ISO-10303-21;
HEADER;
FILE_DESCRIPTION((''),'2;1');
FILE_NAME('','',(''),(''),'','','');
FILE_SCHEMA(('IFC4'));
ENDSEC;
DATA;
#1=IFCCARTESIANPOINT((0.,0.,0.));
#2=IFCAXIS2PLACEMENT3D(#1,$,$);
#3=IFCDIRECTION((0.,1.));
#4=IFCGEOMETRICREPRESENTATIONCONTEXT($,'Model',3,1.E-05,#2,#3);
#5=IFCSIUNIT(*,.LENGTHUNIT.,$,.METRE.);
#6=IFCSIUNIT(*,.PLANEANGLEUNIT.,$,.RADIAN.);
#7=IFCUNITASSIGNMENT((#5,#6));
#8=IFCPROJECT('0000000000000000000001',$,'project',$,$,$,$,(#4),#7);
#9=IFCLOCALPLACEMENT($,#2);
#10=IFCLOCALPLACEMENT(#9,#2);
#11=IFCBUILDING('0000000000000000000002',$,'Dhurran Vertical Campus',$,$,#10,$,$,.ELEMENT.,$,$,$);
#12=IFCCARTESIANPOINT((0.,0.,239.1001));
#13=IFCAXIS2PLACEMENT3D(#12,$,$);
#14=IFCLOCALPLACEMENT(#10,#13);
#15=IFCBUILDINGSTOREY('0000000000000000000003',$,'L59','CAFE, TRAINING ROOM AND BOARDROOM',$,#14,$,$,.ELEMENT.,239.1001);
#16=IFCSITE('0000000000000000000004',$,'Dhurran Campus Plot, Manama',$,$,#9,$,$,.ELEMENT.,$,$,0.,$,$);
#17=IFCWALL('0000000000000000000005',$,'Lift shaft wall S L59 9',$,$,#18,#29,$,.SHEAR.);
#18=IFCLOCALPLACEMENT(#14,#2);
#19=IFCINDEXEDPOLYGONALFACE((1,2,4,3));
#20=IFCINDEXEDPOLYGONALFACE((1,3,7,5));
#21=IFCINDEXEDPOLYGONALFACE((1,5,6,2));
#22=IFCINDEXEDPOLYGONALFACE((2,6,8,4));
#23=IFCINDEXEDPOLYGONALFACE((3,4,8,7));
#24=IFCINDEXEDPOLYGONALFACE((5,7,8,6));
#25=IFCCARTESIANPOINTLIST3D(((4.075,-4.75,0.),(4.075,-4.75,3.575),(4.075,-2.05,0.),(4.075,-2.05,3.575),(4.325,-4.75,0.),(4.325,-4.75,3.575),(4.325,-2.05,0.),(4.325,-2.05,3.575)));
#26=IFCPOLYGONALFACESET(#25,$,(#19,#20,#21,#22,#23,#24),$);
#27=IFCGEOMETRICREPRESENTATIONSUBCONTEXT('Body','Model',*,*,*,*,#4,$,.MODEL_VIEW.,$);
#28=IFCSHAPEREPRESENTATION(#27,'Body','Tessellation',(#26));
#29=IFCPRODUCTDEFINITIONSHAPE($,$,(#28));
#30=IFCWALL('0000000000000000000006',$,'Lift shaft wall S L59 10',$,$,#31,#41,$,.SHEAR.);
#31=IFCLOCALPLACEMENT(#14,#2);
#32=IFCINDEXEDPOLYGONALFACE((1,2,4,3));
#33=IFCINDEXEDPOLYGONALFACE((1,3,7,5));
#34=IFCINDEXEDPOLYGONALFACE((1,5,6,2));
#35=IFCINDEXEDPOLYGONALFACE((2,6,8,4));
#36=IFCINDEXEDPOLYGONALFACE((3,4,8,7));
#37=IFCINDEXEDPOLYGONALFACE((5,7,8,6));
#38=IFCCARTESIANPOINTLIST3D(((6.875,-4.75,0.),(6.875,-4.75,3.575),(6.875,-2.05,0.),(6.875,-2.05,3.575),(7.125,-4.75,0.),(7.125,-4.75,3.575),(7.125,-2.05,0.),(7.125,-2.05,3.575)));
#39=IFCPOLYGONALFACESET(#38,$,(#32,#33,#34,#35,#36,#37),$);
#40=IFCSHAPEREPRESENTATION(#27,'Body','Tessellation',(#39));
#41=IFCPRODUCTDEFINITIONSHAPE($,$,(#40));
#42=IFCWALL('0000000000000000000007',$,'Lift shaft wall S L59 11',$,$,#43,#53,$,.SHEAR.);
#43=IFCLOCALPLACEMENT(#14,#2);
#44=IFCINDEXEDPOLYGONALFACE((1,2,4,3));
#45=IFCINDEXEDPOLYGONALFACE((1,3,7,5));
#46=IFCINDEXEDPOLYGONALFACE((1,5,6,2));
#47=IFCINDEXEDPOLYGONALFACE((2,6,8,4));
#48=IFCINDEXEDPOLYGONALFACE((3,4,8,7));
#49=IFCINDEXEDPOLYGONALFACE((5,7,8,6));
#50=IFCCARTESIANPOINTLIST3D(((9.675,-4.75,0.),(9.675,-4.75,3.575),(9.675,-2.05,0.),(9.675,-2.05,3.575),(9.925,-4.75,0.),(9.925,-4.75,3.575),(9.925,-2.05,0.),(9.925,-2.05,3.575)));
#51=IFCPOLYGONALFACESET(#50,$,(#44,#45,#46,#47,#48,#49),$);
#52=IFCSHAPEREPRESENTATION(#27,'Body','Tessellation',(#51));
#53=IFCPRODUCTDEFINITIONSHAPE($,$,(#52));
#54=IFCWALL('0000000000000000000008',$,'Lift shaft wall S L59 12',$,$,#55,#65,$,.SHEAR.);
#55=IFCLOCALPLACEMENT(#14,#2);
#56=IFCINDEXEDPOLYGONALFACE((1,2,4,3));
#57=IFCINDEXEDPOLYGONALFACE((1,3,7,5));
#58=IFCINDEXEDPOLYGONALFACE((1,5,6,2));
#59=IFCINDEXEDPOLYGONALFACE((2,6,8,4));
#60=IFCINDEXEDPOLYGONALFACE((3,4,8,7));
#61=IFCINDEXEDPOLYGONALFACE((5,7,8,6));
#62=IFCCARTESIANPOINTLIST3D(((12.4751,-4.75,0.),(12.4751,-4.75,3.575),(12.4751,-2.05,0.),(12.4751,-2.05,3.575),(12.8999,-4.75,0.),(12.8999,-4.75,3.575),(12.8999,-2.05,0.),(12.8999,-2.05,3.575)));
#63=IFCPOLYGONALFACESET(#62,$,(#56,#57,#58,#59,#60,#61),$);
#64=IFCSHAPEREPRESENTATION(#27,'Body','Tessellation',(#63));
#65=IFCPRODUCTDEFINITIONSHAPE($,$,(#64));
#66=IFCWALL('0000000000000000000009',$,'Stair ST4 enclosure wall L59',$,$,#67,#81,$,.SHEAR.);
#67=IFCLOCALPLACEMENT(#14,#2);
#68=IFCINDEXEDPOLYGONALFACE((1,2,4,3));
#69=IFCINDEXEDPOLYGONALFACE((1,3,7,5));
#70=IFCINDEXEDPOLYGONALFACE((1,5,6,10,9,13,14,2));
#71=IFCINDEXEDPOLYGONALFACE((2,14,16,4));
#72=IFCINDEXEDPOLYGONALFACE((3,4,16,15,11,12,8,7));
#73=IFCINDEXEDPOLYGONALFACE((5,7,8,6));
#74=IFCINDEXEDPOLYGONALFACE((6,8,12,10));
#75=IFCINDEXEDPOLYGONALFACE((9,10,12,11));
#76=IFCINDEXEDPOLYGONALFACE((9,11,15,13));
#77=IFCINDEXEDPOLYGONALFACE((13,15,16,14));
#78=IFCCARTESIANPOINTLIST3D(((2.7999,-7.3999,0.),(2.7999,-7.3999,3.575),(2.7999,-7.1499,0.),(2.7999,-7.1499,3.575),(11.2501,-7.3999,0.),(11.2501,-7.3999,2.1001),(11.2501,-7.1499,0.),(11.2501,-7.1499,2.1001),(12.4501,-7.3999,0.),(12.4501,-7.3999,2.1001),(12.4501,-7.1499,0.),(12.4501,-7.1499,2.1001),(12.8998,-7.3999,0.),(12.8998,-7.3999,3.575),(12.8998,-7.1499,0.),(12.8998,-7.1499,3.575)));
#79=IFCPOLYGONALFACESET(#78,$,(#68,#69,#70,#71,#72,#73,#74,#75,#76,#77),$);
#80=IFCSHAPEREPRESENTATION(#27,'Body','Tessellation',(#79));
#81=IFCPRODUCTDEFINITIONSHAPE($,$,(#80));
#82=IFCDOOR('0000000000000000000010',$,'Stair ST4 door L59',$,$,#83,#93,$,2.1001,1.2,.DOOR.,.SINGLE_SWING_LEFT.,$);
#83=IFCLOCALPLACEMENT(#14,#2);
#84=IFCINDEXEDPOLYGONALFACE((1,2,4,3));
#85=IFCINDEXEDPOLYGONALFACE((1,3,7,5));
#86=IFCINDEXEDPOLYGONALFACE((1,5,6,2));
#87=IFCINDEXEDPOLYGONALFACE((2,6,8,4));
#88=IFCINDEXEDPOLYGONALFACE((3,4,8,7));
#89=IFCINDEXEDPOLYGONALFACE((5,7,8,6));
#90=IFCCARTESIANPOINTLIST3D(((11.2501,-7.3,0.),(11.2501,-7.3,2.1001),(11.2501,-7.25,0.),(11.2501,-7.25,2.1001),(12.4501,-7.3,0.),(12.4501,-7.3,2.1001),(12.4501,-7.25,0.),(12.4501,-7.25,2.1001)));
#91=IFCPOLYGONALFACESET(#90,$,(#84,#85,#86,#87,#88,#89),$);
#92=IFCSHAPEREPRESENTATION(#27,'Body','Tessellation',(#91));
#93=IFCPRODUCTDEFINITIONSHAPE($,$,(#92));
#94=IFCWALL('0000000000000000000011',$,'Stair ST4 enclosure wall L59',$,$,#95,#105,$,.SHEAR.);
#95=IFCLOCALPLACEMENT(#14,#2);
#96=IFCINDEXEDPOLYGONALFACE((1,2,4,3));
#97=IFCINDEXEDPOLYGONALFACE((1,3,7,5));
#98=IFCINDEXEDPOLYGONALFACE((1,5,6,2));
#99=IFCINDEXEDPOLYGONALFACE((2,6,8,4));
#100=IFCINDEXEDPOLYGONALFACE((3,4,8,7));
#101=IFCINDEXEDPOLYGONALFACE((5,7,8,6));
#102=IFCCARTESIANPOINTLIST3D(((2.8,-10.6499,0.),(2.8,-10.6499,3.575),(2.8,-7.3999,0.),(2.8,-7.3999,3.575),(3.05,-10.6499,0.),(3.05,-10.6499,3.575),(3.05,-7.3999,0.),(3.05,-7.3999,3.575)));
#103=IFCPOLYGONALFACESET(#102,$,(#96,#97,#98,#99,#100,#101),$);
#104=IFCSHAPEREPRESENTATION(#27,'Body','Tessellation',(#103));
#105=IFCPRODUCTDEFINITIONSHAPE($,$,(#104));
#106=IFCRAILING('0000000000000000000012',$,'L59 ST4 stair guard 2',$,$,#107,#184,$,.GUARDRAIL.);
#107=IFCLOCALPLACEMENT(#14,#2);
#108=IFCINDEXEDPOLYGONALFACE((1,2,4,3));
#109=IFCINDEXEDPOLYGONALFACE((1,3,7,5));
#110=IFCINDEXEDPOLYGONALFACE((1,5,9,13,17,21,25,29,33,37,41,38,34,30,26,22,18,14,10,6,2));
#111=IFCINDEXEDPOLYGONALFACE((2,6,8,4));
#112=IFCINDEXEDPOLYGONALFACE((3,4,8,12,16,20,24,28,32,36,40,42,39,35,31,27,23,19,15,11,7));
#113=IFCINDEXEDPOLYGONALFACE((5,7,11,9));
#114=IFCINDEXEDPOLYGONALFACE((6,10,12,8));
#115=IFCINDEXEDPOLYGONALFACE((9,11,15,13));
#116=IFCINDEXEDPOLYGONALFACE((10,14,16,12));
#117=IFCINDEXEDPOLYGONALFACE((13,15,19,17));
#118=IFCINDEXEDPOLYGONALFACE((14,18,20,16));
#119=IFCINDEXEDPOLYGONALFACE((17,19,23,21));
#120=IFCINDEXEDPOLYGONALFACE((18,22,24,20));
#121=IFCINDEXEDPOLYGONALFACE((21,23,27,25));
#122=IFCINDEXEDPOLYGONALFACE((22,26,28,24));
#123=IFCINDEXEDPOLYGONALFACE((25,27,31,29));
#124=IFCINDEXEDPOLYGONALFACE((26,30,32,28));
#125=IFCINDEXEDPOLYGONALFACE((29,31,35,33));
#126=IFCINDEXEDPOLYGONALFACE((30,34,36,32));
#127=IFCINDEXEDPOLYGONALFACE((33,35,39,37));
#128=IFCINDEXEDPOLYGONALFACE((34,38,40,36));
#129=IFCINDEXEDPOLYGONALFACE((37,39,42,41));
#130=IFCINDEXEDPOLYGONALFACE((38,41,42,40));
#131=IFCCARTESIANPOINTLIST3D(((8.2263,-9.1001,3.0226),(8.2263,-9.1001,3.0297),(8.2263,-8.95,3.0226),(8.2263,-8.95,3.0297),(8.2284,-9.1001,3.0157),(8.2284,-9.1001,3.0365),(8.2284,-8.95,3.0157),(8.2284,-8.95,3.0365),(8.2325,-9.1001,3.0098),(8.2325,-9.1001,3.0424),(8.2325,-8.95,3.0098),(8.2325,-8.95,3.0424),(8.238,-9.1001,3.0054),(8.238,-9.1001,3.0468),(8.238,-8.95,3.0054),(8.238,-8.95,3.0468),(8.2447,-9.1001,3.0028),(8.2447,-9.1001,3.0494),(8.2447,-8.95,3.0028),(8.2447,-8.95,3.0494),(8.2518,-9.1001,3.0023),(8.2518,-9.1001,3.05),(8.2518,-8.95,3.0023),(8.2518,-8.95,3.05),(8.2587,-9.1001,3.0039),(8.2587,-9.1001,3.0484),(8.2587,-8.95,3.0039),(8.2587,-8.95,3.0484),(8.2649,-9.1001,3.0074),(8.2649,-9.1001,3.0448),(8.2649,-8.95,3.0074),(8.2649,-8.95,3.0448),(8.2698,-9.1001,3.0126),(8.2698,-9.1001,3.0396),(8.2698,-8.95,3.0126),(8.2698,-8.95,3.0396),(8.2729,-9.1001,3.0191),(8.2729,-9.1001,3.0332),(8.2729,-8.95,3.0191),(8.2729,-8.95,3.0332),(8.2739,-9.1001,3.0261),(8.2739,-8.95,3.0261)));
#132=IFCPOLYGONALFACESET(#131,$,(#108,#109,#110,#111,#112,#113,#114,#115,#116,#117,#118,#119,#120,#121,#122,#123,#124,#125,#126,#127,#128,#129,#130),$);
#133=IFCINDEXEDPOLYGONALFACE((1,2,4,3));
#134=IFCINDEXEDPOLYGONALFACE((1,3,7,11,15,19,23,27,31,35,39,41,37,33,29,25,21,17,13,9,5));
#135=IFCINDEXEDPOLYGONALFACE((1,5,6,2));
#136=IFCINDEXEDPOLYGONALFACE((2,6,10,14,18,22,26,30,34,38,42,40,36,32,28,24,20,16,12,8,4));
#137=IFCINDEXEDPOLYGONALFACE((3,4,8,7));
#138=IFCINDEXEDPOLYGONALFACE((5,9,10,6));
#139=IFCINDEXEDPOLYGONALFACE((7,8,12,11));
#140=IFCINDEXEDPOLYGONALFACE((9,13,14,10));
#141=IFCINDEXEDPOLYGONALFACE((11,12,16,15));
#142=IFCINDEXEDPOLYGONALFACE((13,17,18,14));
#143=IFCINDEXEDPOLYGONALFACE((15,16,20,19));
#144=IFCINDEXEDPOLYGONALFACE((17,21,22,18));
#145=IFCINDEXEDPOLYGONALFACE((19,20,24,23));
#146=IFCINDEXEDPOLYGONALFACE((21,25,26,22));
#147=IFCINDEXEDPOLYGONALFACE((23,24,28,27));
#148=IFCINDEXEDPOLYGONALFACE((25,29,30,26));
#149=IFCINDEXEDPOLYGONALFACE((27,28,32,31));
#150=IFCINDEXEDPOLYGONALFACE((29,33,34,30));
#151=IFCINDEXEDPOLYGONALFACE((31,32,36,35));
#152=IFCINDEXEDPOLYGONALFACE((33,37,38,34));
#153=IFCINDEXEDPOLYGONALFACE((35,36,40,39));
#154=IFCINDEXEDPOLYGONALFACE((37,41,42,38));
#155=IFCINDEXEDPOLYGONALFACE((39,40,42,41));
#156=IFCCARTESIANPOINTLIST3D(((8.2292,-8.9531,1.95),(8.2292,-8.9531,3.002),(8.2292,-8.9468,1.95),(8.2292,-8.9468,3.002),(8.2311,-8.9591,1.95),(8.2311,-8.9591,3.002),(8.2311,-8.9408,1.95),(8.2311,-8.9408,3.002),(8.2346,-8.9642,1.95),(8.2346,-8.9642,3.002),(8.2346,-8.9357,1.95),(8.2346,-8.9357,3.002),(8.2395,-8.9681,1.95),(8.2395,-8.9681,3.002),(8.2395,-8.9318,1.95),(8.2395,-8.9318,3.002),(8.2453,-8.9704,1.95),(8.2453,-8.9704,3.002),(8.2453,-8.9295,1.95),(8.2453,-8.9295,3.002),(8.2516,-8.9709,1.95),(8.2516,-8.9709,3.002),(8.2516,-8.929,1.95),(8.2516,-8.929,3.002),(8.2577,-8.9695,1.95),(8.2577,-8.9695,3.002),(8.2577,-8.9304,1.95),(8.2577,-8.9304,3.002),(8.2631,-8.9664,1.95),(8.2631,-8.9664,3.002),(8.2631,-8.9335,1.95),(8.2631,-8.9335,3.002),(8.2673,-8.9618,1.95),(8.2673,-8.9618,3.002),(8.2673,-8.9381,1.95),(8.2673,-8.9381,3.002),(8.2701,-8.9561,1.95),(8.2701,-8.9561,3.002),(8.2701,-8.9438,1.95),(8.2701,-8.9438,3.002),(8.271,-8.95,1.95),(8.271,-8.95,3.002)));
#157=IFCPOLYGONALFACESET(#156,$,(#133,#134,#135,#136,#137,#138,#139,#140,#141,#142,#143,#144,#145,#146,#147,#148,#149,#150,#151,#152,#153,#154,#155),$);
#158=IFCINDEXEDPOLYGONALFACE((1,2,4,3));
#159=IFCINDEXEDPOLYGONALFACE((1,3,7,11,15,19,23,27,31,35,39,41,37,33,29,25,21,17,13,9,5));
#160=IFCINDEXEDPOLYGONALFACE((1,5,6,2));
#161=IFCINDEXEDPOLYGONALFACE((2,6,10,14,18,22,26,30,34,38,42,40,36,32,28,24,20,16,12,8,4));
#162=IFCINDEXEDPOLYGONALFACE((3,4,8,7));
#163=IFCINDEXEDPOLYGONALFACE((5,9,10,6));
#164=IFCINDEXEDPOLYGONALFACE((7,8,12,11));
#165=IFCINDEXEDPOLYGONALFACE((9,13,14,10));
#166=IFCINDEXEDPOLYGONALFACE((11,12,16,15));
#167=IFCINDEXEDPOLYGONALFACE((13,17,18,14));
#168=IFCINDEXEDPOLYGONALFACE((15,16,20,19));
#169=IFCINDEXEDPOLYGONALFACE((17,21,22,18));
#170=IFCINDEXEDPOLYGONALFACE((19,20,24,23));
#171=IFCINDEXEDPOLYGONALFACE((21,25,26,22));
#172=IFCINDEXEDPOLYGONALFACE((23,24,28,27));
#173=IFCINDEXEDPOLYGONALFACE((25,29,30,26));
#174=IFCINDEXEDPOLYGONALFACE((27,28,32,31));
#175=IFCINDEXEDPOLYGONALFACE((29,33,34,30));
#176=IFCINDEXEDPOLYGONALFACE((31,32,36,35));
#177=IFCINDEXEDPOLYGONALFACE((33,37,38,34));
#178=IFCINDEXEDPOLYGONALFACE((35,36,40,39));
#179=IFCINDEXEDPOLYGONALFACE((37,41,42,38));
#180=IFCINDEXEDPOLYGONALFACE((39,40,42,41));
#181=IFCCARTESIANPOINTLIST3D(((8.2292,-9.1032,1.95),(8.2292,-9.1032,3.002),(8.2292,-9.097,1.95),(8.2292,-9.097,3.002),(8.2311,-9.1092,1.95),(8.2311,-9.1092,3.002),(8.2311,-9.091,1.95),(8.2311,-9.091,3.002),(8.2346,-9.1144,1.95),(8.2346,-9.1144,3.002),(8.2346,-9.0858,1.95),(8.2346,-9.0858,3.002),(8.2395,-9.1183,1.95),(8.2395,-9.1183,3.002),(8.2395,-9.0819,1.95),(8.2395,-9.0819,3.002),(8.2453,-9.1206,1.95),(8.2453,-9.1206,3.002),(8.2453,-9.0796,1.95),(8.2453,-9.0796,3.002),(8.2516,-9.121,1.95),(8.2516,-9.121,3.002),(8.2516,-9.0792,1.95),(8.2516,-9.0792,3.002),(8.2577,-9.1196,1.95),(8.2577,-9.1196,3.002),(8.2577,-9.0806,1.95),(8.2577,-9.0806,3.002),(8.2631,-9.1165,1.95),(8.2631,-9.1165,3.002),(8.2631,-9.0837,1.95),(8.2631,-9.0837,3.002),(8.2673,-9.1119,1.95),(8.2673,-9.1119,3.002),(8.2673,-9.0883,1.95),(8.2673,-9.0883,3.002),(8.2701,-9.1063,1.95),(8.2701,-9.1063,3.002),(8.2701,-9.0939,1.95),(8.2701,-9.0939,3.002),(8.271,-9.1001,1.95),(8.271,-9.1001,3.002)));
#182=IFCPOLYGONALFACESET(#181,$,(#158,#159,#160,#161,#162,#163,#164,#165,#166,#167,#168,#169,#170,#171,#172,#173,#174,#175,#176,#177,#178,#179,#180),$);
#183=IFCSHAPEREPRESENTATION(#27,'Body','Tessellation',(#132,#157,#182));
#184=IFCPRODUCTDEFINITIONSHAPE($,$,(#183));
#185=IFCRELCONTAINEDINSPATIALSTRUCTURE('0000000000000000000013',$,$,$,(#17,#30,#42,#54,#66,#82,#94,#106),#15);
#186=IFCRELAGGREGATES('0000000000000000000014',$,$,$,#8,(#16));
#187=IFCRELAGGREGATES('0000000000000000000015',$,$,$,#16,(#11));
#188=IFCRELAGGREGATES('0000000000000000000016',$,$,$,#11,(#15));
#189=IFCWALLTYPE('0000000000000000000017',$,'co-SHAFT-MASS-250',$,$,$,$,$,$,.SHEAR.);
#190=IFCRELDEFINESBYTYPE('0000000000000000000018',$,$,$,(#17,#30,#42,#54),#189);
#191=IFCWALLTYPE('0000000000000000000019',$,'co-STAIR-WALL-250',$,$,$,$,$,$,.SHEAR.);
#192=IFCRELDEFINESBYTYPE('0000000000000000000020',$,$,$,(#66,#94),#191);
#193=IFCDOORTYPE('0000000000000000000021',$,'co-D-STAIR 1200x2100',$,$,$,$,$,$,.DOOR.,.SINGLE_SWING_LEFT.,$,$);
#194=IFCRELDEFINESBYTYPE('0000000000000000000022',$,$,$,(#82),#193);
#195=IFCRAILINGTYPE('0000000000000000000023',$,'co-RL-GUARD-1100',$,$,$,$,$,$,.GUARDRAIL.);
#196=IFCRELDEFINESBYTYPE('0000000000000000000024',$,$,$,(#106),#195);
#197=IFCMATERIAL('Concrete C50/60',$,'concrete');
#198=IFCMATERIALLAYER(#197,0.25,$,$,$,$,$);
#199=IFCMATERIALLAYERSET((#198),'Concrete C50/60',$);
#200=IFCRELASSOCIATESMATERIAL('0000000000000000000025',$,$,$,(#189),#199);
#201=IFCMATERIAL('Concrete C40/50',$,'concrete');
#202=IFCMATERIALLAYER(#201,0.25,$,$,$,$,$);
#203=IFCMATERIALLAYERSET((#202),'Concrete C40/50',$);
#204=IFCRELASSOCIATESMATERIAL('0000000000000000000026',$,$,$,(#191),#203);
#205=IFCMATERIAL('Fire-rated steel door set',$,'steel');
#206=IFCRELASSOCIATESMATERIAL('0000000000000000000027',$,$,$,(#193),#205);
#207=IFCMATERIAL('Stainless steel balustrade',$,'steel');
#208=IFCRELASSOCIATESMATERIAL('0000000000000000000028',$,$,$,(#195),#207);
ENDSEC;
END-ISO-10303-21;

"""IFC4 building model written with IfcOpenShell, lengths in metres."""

from ifc_helpers import new_model, si_unit, direction, frame, frame_2d, origin, origin_2d, place, context, subcontext, project, spatial, polyline, rectangle, circle, outline, extrude, material, layer, layer_set, type_object, element, fill, save


model = new_model("IFC4")

# Units and contexts
model_context = context("Model", 3, precision=1e-05, world=origin(), true_north=direction((0.0, 1.0)))
body_context = subcontext(model_context, "Body", "Model", "MODEL_VIEW")
ifc_project = project(units=[si_unit("LENGTHUNIT", "METRE"), si_unit("PLANEANGLEUNIT", "RADIAN")], contexts=[model_context])

# Site, building, storey
site_placement = place(None, origin())
site = spatial("IfcSite", under=ifc_project, at=site_placement, Name="Dhurran Campus Plot, Manama", CompositionType="ELEMENT", RefElevation=0.0)
building_placement = place(site_placement, origin())
building = spatial("IfcBuilding", under=site, at=building_placement, Name="Dhurran Vertical Campus", CompositionType="ELEMENT")
storey_placement = place(building_placement, frame((0.0, 0.0, 239.1001)))
storey = spatial("IfcBuildingStorey", under=building, at=storey_placement, Name="L59", Description="CAFE, TRAINING ROOM AND BOARDROOM", CompositionType="ELEMENT", Elevation=239.1001)

# Walls
ifc_material_1 = material(Name="Concrete C50/60", Category="concrete")
ifc_layer_1 = layer(ifc_material_1, 0.25)
ifc_layer_set_1 = layer_set([ifc_layer_1], Name="Concrete C50/60")
wall_type_1 = type_object("IfcWallType", Name="co-SHAFT-MASS-250", PredefinedType="SHEAR", material=ifc_layer_set_1)
wall_1_placement = place(storey_placement, origin())
element("IfcWall", 1, at=wall_1_placement, inside=storey, type_object=wall_type_1, Name="Lift shaft wall S L59 9", PredefinedType="SHEAR", context=body_context, shape_type="SweptSolid", body=[
    extrude(outline(polyline([(4.075, -4.75), (4.325, -4.75), (4.325, -2.05), (4.075, -2.05), (4.075, -4.75)])), origin(), (0.0, 0.0, 1.0), 3.575),
])
wall_2_placement = place(storey_placement, origin())
element("IfcWall", 2, at=wall_2_placement, inside=storey, type_object=wall_type_1, Name="Lift shaft wall S L59 10", PredefinedType="SHEAR", context=body_context, shape_type="SweptSolid", body=[
    extrude(outline(polyline([(6.875, -4.75), (7.125, -4.75), (7.125, -2.05), (6.875, -2.05), (6.875, -4.75)])), origin(), (0.0, 0.0, 1.0), 3.575),
])
wall_3_placement = place(storey_placement, origin())
element("IfcWall", 3, at=wall_3_placement, inside=storey, type_object=wall_type_1, Name="Lift shaft wall S L59 11", PredefinedType="SHEAR", context=body_context, shape_type="SweptSolid", body=[
    extrude(outline(polyline([(9.675, -4.75), (9.925, -4.75), (9.925, -2.05), (9.675, -2.05), (9.675, -4.75)])), origin(), (0.0, 0.0, 1.0), 3.575),
])
wall_4_placement = place(storey_placement, origin())
element("IfcWall", 4, at=wall_4_placement, inside=storey, type_object=wall_type_1, Name="Lift shaft wall S L59 12", PredefinedType="SHEAR", context=body_context, shape_type="SweptSolid", body=[
    extrude(outline(polyline([(12.4751, -4.75), (12.8999, -4.75), (12.8999, -2.05), (12.4751, -2.05), (12.4751, -4.75)])), origin(), (0.0, 0.0, 1.0), 3.575),
])

# Wall, opening, door
ifc_material_2 = material(Name="Concrete C40/50", Category="concrete")
ifc_layer_2 = layer(ifc_material_2, 0.25)
ifc_layer_set_2 = layer_set([ifc_layer_2], Name="Concrete C40/50")
wall_type_2 = type_object("IfcWallType", Name="co-STAIR-WALL-250", PredefinedType="SHEAR", material=ifc_layer_set_2)
wall_5_placement = place(storey_placement, frame((2.8, -7.2749, 0.0), z_axis=(0.0, 0.0, 1.0), x_axis=(1.0, 0.0, 0.0)))
wall_5 = element("IfcWall", 5, at=wall_5_placement, inside=storey, type_object=wall_type_2, Name="Stair ST4 enclosure wall L59", PredefinedType="SHEAR", context=body_context, shape_type="SweptSolid", body=[
    extrude(rectangle(XDim=10.0999, YDim=0.25, at=frame_2d((5.0498, 0.0))), origin(), (0.0, 0.0, 1.0), 3.575),
])
opening_1_placement = place(wall_5_placement, frame((8.45, 0.0, 0.0)))
opening_1 = element("IfcOpeningElement", 6, at=opening_1_placement, cuts=wall_5, PredefinedType="OPENING", context=body_context, shape_type="SweptSolid", body=[
    extrude(rectangle(XDim=1.2, YDim=2.1001, at=frame_2d((0.6001, 1.05))), frame((0.0, 0.135, 0.0), z_axis=(0.0, -1.0, 0.0), x_axis=(1.0, 0.0, 0.0)), (0.0, 0.0, 1.0), 0.27),
])
ifc_material_3 = material(Name="Fire-rated steel door set", Category="steel")
door_type_1 = type_object("IfcDoorType", Name="co-D-STAIR 1200x2100", OperationType="SINGLE_SWING_LEFT", PredefinedType="DOOR", material=ifc_material_3)
door_1_placement = place(opening_1_placement, origin())
door_1 = element("IfcDoor", 7, at=door_1_placement, inside=storey, type_object=door_type_1, Name="Stair ST4 door L59", OperationType="SINGLE_SWING_LEFT", OverallHeight=2.1001, OverallWidth=1.2, PredefinedType="DOOR", context=body_context, shape_type="SweptSolid", body=[
    extrude(rectangle(XDim=1.2, YDim=2.1001, at=frame_2d((0.6001, 1.05))), frame((0.0, 0.0249, 0.0), z_axis=(0.0, -1.0, 0.0), x_axis=(1.0, 0.0, 0.0)), (0.0, 0.0, 1.0), 0.05),
])
fill(opening_1, door_1)

# Wall
wall_6_placement = place(storey_placement, frame((2.925, -10.6499, 0.0), z_axis=(0.0, 0.0, 1.0), x_axis=(0.0, 1.0, 0.0)))
element("IfcWall", 8, at=wall_6_placement, inside=storey, type_object=wall_type_2, Name="Stair ST4 enclosure wall L59", PredefinedType="SHEAR", context=body_context, shape_type="SweptSolid", body=[
    extrude(rectangle(XDim=3.25, YDim=0.25, at=frame_2d((1.625, 0.0))), origin(), (0.0, 0.0, 1.0), 3.575),
])

# Railing
ifc_material_4 = material(Name="Stainless steel balustrade", Category="steel")
railing_type_1 = type_object("IfcRailingType", Name="co-RL-GUARD-1100", PredefinedType="GUARDRAIL", material=ifc_material_4)
railing_1_placement = place(storey_placement, frame((8.25, -8.95, 1.95)))
element("IfcRailing", 9, at=railing_1_placement, inside=storey, type_object=railing_type_1, Name="L59 ST4 stair guard 2", PredefinedType="GUARDRAIL", context=body_context, shape_type="SweptSolid", body=[
    extrude(circle(Radius=0.0239, at=origin_2d()), frame((0.0, 0.0, 1.0762), z_axis=(0.0, -1.0, 0.0), x_axis=(1.0, 0.0, 0.0)), (0.0, 0.0, 1.0), 0.1501),
    extrude(circle(Radius=0.021, at=origin_2d()), origin(), (0.0, 0.0, 1.0), 1.052),
    extrude(circle(Radius=0.021, at=origin_2d()), frame((0.0, -0.1501, 0.0)), (0.0, 0.0, 1.0), 1.052),
])

save(model, "model.ifc")
